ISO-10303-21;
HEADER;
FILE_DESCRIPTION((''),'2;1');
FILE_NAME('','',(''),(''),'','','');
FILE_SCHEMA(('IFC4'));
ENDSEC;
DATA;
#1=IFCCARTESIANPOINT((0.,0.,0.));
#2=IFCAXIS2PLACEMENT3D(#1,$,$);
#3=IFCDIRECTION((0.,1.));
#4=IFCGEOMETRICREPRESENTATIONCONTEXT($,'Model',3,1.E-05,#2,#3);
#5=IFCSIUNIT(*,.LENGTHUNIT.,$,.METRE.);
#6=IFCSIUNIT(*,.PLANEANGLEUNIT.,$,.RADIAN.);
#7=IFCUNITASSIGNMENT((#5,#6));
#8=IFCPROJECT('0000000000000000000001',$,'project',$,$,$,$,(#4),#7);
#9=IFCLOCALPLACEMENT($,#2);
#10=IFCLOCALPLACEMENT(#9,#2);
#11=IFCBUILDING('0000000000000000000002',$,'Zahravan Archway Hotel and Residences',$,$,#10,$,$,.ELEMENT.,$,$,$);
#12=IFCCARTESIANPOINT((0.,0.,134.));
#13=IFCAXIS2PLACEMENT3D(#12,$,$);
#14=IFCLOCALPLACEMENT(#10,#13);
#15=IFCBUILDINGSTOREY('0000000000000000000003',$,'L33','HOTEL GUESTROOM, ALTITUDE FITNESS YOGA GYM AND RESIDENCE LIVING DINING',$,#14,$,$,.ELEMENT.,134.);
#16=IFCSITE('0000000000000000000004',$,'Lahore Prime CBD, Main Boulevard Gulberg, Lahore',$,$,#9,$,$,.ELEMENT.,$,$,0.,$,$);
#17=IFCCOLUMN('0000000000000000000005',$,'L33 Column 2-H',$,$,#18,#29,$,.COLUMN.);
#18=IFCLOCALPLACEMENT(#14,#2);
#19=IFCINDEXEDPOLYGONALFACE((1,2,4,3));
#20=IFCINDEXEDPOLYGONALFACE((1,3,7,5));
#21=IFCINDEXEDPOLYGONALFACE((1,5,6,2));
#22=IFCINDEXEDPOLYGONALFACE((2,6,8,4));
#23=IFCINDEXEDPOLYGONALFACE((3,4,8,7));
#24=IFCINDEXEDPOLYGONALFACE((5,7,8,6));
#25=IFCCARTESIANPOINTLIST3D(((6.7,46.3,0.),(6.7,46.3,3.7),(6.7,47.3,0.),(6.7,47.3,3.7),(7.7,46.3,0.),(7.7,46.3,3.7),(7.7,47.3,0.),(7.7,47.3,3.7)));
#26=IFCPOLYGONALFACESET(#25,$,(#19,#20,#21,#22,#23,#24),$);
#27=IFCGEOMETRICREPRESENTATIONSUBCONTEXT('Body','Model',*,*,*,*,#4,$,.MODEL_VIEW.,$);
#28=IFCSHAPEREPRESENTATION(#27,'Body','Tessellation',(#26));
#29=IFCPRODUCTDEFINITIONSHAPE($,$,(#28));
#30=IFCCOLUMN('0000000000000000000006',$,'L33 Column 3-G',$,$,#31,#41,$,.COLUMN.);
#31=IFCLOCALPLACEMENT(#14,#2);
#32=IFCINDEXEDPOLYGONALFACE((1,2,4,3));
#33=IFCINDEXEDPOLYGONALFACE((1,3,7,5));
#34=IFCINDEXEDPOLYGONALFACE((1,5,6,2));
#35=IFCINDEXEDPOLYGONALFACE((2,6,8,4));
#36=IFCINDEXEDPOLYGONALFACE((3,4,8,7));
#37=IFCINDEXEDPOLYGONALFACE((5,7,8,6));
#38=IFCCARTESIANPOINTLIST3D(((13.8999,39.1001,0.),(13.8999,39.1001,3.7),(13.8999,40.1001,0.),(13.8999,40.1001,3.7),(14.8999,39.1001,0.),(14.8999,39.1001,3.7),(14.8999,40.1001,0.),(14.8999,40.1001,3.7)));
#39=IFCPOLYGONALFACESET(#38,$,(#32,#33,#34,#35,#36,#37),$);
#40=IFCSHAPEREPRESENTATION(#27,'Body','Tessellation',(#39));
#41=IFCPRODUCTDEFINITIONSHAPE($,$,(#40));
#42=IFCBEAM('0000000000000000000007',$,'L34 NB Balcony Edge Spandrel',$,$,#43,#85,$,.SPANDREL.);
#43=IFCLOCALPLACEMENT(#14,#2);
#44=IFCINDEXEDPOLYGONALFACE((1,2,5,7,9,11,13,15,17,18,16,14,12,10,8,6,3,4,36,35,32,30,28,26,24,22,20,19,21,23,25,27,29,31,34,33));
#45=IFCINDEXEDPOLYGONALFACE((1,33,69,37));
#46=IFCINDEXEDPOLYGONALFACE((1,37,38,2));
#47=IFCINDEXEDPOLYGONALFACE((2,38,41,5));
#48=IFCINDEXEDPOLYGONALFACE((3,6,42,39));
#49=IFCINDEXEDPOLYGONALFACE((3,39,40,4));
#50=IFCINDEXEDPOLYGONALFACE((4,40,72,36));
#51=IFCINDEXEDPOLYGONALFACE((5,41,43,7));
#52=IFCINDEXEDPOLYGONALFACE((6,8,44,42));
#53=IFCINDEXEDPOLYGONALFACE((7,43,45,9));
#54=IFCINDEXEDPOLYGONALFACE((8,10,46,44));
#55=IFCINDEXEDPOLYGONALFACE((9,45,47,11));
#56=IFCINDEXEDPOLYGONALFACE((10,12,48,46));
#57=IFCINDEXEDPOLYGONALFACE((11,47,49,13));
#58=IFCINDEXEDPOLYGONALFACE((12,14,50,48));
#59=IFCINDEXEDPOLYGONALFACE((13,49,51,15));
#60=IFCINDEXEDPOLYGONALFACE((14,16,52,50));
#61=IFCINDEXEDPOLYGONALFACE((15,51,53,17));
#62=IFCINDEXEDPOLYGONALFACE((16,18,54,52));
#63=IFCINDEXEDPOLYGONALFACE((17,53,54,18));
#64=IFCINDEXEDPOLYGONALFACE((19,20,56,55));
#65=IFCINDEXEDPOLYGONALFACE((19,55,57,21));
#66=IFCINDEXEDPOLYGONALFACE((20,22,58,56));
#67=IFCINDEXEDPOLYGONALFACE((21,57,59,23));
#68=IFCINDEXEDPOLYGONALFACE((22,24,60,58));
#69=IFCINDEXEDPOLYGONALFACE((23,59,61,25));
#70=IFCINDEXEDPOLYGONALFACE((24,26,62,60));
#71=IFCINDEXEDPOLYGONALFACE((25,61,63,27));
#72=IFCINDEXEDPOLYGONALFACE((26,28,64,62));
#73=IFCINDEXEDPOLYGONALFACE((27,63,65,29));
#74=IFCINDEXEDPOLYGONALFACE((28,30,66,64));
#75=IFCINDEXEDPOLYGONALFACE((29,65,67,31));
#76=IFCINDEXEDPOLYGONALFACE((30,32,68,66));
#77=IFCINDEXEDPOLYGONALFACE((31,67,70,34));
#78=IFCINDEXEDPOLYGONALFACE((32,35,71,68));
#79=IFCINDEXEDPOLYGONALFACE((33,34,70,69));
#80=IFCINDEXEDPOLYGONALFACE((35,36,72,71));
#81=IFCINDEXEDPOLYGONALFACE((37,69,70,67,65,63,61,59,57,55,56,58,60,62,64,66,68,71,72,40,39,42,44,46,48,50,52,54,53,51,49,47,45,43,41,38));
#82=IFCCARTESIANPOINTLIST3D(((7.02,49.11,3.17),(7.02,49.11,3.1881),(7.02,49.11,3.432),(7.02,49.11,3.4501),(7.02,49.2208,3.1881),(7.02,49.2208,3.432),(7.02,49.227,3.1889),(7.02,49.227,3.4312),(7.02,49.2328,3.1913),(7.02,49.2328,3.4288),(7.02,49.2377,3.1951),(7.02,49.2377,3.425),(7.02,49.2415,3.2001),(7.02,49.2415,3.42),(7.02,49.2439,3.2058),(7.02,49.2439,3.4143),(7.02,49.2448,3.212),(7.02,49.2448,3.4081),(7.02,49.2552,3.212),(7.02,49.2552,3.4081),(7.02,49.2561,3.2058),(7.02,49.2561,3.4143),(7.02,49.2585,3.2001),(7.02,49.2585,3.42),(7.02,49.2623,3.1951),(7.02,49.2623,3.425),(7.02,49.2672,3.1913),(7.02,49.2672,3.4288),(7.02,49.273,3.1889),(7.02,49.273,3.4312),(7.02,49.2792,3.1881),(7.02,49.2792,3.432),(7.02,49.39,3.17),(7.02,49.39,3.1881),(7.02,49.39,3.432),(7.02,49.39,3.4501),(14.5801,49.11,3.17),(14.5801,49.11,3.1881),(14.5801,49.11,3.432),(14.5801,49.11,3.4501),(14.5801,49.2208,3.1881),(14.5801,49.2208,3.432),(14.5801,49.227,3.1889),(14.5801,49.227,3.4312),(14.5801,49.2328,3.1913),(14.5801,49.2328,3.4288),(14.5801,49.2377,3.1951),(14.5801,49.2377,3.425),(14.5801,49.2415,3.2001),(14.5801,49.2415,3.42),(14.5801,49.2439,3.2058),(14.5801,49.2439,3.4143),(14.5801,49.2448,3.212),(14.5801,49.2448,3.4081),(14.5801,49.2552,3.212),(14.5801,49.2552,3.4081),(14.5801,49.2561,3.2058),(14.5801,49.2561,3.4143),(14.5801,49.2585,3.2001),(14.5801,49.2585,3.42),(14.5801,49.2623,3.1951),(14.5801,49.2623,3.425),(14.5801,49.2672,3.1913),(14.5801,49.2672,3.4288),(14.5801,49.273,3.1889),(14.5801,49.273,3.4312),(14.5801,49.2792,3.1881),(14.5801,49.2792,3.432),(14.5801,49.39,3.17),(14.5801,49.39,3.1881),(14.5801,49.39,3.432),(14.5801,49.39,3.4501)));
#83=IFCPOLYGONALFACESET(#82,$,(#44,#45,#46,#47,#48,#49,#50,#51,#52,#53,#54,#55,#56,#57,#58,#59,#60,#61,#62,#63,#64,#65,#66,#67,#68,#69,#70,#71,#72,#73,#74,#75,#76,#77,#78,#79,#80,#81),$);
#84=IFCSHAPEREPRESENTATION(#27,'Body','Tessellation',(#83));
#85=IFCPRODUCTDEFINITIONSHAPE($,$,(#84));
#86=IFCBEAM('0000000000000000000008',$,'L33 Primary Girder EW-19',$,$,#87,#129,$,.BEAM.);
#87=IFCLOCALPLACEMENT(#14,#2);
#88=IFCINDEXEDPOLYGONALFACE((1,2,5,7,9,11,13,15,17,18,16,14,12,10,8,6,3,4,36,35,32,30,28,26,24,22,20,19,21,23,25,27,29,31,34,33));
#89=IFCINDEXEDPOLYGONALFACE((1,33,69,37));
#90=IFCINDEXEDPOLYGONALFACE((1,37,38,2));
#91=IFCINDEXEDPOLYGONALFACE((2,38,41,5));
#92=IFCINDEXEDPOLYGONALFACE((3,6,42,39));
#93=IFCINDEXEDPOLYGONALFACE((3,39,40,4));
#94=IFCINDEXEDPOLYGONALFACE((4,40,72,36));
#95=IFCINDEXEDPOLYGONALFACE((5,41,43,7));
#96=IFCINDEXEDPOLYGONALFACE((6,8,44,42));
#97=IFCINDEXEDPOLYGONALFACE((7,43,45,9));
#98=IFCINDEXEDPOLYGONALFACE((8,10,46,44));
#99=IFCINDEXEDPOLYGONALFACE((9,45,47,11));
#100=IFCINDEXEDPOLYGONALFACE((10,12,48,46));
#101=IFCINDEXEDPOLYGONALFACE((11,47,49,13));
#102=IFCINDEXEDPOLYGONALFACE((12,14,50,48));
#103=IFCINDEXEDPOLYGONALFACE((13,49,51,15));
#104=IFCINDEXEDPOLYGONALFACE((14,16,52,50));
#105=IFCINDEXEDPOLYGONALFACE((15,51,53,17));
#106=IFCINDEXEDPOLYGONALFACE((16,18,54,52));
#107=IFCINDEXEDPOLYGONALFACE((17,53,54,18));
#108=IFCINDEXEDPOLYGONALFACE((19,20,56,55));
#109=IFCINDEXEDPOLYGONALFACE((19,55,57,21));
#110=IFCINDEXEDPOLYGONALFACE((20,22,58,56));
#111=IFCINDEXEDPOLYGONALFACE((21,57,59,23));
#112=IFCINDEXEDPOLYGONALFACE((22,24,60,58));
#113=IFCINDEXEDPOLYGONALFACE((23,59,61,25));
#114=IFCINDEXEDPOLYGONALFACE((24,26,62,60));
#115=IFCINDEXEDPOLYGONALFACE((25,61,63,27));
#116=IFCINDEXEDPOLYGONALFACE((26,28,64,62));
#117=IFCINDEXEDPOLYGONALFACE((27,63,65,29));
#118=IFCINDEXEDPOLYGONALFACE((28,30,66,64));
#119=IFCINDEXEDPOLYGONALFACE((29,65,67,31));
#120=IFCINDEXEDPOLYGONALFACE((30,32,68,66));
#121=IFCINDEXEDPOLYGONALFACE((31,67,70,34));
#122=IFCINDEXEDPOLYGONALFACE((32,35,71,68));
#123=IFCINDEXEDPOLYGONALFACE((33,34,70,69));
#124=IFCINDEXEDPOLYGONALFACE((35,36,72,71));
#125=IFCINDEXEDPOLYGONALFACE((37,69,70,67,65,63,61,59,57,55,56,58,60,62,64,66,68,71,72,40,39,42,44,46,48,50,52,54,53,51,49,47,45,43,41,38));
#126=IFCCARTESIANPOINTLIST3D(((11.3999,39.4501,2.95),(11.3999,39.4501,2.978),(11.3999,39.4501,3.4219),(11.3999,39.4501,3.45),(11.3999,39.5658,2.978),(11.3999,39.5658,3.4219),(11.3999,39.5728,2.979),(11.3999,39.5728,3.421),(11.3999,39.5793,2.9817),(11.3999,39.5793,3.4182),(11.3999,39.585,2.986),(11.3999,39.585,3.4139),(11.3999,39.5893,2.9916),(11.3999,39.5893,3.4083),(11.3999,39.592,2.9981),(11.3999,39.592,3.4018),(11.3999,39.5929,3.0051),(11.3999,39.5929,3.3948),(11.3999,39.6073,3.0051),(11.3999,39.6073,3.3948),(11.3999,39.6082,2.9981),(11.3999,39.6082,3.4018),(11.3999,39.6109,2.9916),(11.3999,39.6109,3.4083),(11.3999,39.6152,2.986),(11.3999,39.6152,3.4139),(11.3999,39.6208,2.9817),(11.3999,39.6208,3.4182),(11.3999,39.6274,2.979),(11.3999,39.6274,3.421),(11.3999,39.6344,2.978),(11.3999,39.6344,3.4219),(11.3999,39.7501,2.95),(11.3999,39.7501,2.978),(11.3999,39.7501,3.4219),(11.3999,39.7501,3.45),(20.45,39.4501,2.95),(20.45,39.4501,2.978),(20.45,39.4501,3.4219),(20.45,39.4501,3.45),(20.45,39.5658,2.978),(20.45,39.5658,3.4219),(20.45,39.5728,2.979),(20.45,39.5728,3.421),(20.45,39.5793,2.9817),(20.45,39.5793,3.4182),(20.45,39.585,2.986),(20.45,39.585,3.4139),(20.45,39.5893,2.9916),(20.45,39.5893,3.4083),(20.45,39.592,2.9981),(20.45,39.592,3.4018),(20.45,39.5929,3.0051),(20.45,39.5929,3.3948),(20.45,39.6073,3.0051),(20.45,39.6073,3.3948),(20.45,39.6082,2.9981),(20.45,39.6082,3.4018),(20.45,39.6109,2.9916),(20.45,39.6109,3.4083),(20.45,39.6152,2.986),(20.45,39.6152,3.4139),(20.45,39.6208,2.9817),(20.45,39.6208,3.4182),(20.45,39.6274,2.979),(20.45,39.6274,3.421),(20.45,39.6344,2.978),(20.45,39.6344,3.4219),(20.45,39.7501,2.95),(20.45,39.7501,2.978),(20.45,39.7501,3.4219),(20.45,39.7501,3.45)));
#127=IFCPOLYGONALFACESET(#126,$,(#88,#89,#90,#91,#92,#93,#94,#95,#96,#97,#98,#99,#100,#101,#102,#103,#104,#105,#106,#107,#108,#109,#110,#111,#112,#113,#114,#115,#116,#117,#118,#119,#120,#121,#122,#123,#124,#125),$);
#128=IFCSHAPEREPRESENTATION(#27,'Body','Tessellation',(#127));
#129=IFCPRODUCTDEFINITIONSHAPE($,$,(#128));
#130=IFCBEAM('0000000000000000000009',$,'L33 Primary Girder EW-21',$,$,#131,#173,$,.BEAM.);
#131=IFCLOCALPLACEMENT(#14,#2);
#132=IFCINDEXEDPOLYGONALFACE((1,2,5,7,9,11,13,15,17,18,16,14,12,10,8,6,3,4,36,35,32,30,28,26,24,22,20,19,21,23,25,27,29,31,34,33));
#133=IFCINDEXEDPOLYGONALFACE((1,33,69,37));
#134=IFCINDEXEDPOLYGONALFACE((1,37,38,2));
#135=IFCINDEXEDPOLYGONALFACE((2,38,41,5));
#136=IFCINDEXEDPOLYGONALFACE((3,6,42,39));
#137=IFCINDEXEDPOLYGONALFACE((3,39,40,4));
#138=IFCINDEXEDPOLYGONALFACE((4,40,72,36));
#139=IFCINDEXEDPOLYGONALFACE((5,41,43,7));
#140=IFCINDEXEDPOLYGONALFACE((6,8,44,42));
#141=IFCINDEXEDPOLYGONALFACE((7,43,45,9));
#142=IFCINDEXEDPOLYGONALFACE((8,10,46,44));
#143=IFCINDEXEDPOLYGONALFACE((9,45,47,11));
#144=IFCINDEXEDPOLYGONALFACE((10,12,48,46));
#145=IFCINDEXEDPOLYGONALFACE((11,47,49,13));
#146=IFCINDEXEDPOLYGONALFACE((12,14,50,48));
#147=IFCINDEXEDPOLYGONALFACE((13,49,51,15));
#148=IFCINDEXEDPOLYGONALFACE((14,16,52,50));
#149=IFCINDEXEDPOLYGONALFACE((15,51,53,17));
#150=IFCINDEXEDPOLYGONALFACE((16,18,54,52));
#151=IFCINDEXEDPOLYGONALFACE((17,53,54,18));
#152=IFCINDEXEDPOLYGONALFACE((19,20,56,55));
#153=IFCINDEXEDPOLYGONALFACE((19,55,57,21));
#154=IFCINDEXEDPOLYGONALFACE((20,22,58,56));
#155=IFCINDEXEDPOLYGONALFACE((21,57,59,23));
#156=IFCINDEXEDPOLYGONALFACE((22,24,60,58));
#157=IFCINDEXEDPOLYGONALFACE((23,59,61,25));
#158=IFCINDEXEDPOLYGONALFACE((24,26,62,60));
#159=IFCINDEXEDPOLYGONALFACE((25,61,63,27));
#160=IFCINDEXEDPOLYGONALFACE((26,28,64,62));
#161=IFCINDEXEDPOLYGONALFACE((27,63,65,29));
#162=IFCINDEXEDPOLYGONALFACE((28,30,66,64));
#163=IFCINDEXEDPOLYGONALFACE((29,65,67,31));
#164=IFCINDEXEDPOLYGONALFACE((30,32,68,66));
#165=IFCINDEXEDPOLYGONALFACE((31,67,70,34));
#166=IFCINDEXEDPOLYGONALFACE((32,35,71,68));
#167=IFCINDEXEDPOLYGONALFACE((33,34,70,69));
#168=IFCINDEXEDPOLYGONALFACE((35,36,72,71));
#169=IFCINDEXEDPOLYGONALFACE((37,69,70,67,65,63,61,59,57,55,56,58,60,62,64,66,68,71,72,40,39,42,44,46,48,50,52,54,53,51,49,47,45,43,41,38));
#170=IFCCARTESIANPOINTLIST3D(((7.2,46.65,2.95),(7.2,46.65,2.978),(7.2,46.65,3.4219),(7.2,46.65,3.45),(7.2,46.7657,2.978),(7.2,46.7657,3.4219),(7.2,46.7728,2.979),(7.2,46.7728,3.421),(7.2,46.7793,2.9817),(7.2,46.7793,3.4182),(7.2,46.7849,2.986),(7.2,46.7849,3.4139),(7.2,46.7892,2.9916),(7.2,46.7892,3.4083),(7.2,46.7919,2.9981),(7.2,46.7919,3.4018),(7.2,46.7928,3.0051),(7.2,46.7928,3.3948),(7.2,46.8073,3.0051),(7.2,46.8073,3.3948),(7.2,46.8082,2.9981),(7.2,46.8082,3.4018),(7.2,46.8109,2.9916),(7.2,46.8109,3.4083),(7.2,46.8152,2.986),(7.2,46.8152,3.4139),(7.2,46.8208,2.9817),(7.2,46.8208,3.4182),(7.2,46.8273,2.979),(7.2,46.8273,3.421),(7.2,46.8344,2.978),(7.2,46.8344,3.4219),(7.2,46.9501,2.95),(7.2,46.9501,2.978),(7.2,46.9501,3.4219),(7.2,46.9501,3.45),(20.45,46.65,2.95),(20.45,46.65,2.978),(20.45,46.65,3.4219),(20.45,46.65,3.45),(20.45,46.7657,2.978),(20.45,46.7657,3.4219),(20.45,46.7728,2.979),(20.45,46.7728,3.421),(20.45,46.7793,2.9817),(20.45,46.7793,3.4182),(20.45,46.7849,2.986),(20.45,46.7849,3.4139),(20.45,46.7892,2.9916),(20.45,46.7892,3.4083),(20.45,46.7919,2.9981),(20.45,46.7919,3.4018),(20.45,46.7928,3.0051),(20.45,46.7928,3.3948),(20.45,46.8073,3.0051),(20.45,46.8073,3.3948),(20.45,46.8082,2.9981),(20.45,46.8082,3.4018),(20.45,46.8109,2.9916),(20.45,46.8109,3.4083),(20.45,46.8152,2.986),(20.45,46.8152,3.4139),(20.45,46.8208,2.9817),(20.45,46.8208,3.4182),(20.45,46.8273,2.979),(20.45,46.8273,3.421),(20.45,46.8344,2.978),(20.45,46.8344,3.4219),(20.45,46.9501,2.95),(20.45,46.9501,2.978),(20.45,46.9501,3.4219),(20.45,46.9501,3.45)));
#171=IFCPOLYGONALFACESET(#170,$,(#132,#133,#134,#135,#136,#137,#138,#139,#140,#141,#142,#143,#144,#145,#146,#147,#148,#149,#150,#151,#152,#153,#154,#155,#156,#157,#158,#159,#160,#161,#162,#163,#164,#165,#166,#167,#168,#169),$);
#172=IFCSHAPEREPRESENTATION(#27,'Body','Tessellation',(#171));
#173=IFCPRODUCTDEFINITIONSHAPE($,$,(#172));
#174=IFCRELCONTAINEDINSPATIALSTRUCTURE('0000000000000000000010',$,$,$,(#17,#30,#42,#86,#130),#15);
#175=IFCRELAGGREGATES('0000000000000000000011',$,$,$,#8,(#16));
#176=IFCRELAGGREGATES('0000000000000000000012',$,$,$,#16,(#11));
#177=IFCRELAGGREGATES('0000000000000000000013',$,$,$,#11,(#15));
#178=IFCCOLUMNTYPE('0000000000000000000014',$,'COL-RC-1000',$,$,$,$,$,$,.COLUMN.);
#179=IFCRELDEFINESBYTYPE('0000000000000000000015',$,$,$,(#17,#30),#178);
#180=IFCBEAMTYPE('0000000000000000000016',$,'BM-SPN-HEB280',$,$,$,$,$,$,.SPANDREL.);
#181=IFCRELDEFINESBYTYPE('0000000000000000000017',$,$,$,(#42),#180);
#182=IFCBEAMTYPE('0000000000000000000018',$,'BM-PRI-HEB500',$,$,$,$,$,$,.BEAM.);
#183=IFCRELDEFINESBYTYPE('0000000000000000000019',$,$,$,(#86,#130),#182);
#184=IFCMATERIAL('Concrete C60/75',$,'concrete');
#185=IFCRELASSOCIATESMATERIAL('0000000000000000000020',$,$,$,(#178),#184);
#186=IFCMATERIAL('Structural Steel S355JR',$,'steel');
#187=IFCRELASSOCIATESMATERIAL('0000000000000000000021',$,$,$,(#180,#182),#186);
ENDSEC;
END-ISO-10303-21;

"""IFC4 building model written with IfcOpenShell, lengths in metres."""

from ifc_helpers import new_model, si_unit, direction, frame, origin, origin_2d, place, context, subcontext, project, spatial, rectangle, i_section, extrude, source, transform, mapped, material, material_profile, profile_set, type_object, type_shapes, element, save


model = new_model("IFC4")

# Units and contexts
model_context = context("Model", 3, precision=1e-05, world=origin(), true_north=direction((0.0, 1.0)))
body_context = subcontext(model_context, "Body", "Model", "MODEL_VIEW")
ifc_project = project(units=[si_unit("LENGTHUNIT", "METRE"), si_unit("PLANEANGLEUNIT", "RADIAN")], contexts=[model_context])

# Site, building, storey
site_placement = place(None, origin())
site = spatial("IfcSite", under=ifc_project, at=site_placement, Name="Lahore Prime CBD, Main Boulevard Gulberg, Lahore", CompositionType="ELEMENT", RefElevation=0.0)
building_placement = place(site_placement, origin())
building = spatial("IfcBuilding", under=site, at=building_placement, Name="Zahravan Archway Hotel and Residences", CompositionType="ELEMENT")
storey_placement = place(building_placement, frame((0.0, 0.0, 134.0)))
storey = spatial("IfcBuildingStorey", under=building, at=storey_placement, Name="L33", Description="HOTEL GUESTROOM, ALTITUDE FITNESS YOGA GYM AND RESIDENCE LIVING DINING", CompositionType="ELEMENT", Elevation=134.0)

# Columns
ifc_material_1 = material(Name="Concrete C60/75", Category="concrete")
ifc_material_profile_1 = material_profile(ifc_material_1, rectangle(XDim=1.0, YDim=1.0, at=origin_2d()), Name="RC-COL-1000x1000", Category="concrete")
ifc_profile_set_1 = profile_set([ifc_material_profile_1], Name="Concrete C60/75")
column_type = type_object("IfcColumnType", Name="COL-RC-1000", PredefinedType="COLUMN", material=ifc_profile_set_1)
shared_shape_1 = source(origin(), body_context, "Body", "SweptSolid", [
    extrude(rectangle(XDim=1.0, YDim=1.0, at=origin_2d()), origin(), (0.0, 0.0, 1.0), 3.7),
])
type_shapes(column_type, [shared_shape_1])
for number, where, z_axis, x_axis, name in (
    (1, (7.2, 46.8, 0.0), (0.0, 0.0, 1.0), (1.0, 0.0, 0.0), "L33 Column 2-H"),
    (2, (14.3999, 39.6001, 0.0), (0.0, 0.0, 1.0), (1.0, 0.0, 0.0), "L33 Column 3-G"),
):
    element("IfcColumn", number, at=place(storey_placement, frame(where, z_axis=z_axis, x_axis=x_axis)), inside=storey, type_object=column_type, Name=name, PredefinedType="COLUMN", context=body_context, shape_type="MappedRepresentation", body=[
        mapped(shared_shape_1, transform((0.0, 0.0, 0.0), scale=1.0)),
    ])

# Beams
ifc_material_2 = material(Name="Structural Steel S355JR", Category="steel")
ifc_material_profile_2 = material_profile(ifc_material_2, i_section(OverallWidth=0.28, OverallDepth=0.28, WebThickness=0.0105, FlangeThickness=0.0181, FilletRadius=0.0239, at=origin_2d()), Name="HEB 280", Category="steel")
ifc_profile_set_2 = profile_set([ifc_material_profile_2], Name="Structural Steel S355JR")
beam_type_1 = type_object("IfcBeamType", Name="BM-SPN-HEB280", PredefinedType="SPANDREL", material=ifc_profile_set_2)
shared_shape_2 = source(origin(), body_context, "Body", "SweptSolid", [
    extrude(i_section(OverallWidth=0.28, OverallDepth=0.28, WebThickness=0.0105, FlangeThickness=0.0181, FilletRadius=0.0239, at=origin_2d()), origin(), (0.0, 0.0, 1.0), 7.5601),
])
type_shapes(beam_type_1, [shared_shape_2])
beam_1_placement = place(storey_placement, frame((7.02, 49.25, 3.3101), z_axis=(1.0, 0.0, 0.0), x_axis=(0.0, 1.0, 0.0)))
element("IfcBeam", 3, at=beam_1_placement, inside=storey, type_object=beam_type_1, Name="L34 NB Balcony Edge Spandrel", PredefinedType="SPANDREL", context=body_context, shape_type="MappedRepresentation", body=[
    mapped(shared_shape_2, transform((0.0, 0.0, 0.0), scale=1.0)),
])
ifc_material_profile_3 = material_profile(ifc_material_2, i_section(OverallWidth=0.3, OverallDepth=0.5, WebThickness=0.0144, FlangeThickness=0.0281, FilletRadius=0.0271, at=origin_2d()), Name="HEB 500", Category="steel")
ifc_profile_set_3 = profile_set([ifc_material_profile_3], Name="Structural Steel S355JR")
beam_type_2 = type_object("IfcBeamType", Name="BM-PRI-HEB500", PredefinedType="BEAM", material=ifc_profile_set_3)
shared_shape_3 = source(origin(), body_context, "Body", "SweptSolid", [
    extrude(i_section(OverallWidth=0.3, OverallDepth=0.5, WebThickness=0.0144, FlangeThickness=0.0281, FilletRadius=0.0271, at=origin_2d()), origin(), (0.0, 0.0, 1.0), 9.05),
])
beam_2_placement = place(storey_placement, frame((11.3999, 39.6001, 3.2), z_axis=(1.0, 0.0, 0.0), x_axis=(0.0, 1.0, 0.0)))
element("IfcBeam", 4, at=beam_2_placement, inside=storey, type_object=beam_type_2, Name="L33 Primary Girder EW-19", PredefinedType="BEAM", context=body_context, shape_type="MappedRepresentation", body=[
    mapped(shared_shape_3, transform((0.0, 0.0, 0.0), scale=1.0)),
])
shared_shape_4 = source(origin(), body_context, "Body", "SweptSolid", [
    extrude(i_section(OverallWidth=0.3, OverallDepth=0.5, WebThickness=0.0144, FlangeThickness=0.0281, FilletRadius=0.0271, at=origin_2d()), origin(), (0.0, 0.0, 1.0), 13.25),
])
beam_3_placement = place(storey_placement, frame((7.2, 46.8, 3.2), z_axis=(1.0, 0.0, 0.0), x_axis=(0.0, 1.0, 0.0)))
element("IfcBeam", 5, at=beam_3_placement, inside=storey, type_object=beam_type_2, Name="L33 Primary Girder EW-21", PredefinedType="BEAM", context=body_context, shape_type="MappedRepresentation", body=[
    mapped(shared_shape_4, transform((0.0, 0.0, 0.0), scale=1.0)),
])

save(model, "model.ifc")
